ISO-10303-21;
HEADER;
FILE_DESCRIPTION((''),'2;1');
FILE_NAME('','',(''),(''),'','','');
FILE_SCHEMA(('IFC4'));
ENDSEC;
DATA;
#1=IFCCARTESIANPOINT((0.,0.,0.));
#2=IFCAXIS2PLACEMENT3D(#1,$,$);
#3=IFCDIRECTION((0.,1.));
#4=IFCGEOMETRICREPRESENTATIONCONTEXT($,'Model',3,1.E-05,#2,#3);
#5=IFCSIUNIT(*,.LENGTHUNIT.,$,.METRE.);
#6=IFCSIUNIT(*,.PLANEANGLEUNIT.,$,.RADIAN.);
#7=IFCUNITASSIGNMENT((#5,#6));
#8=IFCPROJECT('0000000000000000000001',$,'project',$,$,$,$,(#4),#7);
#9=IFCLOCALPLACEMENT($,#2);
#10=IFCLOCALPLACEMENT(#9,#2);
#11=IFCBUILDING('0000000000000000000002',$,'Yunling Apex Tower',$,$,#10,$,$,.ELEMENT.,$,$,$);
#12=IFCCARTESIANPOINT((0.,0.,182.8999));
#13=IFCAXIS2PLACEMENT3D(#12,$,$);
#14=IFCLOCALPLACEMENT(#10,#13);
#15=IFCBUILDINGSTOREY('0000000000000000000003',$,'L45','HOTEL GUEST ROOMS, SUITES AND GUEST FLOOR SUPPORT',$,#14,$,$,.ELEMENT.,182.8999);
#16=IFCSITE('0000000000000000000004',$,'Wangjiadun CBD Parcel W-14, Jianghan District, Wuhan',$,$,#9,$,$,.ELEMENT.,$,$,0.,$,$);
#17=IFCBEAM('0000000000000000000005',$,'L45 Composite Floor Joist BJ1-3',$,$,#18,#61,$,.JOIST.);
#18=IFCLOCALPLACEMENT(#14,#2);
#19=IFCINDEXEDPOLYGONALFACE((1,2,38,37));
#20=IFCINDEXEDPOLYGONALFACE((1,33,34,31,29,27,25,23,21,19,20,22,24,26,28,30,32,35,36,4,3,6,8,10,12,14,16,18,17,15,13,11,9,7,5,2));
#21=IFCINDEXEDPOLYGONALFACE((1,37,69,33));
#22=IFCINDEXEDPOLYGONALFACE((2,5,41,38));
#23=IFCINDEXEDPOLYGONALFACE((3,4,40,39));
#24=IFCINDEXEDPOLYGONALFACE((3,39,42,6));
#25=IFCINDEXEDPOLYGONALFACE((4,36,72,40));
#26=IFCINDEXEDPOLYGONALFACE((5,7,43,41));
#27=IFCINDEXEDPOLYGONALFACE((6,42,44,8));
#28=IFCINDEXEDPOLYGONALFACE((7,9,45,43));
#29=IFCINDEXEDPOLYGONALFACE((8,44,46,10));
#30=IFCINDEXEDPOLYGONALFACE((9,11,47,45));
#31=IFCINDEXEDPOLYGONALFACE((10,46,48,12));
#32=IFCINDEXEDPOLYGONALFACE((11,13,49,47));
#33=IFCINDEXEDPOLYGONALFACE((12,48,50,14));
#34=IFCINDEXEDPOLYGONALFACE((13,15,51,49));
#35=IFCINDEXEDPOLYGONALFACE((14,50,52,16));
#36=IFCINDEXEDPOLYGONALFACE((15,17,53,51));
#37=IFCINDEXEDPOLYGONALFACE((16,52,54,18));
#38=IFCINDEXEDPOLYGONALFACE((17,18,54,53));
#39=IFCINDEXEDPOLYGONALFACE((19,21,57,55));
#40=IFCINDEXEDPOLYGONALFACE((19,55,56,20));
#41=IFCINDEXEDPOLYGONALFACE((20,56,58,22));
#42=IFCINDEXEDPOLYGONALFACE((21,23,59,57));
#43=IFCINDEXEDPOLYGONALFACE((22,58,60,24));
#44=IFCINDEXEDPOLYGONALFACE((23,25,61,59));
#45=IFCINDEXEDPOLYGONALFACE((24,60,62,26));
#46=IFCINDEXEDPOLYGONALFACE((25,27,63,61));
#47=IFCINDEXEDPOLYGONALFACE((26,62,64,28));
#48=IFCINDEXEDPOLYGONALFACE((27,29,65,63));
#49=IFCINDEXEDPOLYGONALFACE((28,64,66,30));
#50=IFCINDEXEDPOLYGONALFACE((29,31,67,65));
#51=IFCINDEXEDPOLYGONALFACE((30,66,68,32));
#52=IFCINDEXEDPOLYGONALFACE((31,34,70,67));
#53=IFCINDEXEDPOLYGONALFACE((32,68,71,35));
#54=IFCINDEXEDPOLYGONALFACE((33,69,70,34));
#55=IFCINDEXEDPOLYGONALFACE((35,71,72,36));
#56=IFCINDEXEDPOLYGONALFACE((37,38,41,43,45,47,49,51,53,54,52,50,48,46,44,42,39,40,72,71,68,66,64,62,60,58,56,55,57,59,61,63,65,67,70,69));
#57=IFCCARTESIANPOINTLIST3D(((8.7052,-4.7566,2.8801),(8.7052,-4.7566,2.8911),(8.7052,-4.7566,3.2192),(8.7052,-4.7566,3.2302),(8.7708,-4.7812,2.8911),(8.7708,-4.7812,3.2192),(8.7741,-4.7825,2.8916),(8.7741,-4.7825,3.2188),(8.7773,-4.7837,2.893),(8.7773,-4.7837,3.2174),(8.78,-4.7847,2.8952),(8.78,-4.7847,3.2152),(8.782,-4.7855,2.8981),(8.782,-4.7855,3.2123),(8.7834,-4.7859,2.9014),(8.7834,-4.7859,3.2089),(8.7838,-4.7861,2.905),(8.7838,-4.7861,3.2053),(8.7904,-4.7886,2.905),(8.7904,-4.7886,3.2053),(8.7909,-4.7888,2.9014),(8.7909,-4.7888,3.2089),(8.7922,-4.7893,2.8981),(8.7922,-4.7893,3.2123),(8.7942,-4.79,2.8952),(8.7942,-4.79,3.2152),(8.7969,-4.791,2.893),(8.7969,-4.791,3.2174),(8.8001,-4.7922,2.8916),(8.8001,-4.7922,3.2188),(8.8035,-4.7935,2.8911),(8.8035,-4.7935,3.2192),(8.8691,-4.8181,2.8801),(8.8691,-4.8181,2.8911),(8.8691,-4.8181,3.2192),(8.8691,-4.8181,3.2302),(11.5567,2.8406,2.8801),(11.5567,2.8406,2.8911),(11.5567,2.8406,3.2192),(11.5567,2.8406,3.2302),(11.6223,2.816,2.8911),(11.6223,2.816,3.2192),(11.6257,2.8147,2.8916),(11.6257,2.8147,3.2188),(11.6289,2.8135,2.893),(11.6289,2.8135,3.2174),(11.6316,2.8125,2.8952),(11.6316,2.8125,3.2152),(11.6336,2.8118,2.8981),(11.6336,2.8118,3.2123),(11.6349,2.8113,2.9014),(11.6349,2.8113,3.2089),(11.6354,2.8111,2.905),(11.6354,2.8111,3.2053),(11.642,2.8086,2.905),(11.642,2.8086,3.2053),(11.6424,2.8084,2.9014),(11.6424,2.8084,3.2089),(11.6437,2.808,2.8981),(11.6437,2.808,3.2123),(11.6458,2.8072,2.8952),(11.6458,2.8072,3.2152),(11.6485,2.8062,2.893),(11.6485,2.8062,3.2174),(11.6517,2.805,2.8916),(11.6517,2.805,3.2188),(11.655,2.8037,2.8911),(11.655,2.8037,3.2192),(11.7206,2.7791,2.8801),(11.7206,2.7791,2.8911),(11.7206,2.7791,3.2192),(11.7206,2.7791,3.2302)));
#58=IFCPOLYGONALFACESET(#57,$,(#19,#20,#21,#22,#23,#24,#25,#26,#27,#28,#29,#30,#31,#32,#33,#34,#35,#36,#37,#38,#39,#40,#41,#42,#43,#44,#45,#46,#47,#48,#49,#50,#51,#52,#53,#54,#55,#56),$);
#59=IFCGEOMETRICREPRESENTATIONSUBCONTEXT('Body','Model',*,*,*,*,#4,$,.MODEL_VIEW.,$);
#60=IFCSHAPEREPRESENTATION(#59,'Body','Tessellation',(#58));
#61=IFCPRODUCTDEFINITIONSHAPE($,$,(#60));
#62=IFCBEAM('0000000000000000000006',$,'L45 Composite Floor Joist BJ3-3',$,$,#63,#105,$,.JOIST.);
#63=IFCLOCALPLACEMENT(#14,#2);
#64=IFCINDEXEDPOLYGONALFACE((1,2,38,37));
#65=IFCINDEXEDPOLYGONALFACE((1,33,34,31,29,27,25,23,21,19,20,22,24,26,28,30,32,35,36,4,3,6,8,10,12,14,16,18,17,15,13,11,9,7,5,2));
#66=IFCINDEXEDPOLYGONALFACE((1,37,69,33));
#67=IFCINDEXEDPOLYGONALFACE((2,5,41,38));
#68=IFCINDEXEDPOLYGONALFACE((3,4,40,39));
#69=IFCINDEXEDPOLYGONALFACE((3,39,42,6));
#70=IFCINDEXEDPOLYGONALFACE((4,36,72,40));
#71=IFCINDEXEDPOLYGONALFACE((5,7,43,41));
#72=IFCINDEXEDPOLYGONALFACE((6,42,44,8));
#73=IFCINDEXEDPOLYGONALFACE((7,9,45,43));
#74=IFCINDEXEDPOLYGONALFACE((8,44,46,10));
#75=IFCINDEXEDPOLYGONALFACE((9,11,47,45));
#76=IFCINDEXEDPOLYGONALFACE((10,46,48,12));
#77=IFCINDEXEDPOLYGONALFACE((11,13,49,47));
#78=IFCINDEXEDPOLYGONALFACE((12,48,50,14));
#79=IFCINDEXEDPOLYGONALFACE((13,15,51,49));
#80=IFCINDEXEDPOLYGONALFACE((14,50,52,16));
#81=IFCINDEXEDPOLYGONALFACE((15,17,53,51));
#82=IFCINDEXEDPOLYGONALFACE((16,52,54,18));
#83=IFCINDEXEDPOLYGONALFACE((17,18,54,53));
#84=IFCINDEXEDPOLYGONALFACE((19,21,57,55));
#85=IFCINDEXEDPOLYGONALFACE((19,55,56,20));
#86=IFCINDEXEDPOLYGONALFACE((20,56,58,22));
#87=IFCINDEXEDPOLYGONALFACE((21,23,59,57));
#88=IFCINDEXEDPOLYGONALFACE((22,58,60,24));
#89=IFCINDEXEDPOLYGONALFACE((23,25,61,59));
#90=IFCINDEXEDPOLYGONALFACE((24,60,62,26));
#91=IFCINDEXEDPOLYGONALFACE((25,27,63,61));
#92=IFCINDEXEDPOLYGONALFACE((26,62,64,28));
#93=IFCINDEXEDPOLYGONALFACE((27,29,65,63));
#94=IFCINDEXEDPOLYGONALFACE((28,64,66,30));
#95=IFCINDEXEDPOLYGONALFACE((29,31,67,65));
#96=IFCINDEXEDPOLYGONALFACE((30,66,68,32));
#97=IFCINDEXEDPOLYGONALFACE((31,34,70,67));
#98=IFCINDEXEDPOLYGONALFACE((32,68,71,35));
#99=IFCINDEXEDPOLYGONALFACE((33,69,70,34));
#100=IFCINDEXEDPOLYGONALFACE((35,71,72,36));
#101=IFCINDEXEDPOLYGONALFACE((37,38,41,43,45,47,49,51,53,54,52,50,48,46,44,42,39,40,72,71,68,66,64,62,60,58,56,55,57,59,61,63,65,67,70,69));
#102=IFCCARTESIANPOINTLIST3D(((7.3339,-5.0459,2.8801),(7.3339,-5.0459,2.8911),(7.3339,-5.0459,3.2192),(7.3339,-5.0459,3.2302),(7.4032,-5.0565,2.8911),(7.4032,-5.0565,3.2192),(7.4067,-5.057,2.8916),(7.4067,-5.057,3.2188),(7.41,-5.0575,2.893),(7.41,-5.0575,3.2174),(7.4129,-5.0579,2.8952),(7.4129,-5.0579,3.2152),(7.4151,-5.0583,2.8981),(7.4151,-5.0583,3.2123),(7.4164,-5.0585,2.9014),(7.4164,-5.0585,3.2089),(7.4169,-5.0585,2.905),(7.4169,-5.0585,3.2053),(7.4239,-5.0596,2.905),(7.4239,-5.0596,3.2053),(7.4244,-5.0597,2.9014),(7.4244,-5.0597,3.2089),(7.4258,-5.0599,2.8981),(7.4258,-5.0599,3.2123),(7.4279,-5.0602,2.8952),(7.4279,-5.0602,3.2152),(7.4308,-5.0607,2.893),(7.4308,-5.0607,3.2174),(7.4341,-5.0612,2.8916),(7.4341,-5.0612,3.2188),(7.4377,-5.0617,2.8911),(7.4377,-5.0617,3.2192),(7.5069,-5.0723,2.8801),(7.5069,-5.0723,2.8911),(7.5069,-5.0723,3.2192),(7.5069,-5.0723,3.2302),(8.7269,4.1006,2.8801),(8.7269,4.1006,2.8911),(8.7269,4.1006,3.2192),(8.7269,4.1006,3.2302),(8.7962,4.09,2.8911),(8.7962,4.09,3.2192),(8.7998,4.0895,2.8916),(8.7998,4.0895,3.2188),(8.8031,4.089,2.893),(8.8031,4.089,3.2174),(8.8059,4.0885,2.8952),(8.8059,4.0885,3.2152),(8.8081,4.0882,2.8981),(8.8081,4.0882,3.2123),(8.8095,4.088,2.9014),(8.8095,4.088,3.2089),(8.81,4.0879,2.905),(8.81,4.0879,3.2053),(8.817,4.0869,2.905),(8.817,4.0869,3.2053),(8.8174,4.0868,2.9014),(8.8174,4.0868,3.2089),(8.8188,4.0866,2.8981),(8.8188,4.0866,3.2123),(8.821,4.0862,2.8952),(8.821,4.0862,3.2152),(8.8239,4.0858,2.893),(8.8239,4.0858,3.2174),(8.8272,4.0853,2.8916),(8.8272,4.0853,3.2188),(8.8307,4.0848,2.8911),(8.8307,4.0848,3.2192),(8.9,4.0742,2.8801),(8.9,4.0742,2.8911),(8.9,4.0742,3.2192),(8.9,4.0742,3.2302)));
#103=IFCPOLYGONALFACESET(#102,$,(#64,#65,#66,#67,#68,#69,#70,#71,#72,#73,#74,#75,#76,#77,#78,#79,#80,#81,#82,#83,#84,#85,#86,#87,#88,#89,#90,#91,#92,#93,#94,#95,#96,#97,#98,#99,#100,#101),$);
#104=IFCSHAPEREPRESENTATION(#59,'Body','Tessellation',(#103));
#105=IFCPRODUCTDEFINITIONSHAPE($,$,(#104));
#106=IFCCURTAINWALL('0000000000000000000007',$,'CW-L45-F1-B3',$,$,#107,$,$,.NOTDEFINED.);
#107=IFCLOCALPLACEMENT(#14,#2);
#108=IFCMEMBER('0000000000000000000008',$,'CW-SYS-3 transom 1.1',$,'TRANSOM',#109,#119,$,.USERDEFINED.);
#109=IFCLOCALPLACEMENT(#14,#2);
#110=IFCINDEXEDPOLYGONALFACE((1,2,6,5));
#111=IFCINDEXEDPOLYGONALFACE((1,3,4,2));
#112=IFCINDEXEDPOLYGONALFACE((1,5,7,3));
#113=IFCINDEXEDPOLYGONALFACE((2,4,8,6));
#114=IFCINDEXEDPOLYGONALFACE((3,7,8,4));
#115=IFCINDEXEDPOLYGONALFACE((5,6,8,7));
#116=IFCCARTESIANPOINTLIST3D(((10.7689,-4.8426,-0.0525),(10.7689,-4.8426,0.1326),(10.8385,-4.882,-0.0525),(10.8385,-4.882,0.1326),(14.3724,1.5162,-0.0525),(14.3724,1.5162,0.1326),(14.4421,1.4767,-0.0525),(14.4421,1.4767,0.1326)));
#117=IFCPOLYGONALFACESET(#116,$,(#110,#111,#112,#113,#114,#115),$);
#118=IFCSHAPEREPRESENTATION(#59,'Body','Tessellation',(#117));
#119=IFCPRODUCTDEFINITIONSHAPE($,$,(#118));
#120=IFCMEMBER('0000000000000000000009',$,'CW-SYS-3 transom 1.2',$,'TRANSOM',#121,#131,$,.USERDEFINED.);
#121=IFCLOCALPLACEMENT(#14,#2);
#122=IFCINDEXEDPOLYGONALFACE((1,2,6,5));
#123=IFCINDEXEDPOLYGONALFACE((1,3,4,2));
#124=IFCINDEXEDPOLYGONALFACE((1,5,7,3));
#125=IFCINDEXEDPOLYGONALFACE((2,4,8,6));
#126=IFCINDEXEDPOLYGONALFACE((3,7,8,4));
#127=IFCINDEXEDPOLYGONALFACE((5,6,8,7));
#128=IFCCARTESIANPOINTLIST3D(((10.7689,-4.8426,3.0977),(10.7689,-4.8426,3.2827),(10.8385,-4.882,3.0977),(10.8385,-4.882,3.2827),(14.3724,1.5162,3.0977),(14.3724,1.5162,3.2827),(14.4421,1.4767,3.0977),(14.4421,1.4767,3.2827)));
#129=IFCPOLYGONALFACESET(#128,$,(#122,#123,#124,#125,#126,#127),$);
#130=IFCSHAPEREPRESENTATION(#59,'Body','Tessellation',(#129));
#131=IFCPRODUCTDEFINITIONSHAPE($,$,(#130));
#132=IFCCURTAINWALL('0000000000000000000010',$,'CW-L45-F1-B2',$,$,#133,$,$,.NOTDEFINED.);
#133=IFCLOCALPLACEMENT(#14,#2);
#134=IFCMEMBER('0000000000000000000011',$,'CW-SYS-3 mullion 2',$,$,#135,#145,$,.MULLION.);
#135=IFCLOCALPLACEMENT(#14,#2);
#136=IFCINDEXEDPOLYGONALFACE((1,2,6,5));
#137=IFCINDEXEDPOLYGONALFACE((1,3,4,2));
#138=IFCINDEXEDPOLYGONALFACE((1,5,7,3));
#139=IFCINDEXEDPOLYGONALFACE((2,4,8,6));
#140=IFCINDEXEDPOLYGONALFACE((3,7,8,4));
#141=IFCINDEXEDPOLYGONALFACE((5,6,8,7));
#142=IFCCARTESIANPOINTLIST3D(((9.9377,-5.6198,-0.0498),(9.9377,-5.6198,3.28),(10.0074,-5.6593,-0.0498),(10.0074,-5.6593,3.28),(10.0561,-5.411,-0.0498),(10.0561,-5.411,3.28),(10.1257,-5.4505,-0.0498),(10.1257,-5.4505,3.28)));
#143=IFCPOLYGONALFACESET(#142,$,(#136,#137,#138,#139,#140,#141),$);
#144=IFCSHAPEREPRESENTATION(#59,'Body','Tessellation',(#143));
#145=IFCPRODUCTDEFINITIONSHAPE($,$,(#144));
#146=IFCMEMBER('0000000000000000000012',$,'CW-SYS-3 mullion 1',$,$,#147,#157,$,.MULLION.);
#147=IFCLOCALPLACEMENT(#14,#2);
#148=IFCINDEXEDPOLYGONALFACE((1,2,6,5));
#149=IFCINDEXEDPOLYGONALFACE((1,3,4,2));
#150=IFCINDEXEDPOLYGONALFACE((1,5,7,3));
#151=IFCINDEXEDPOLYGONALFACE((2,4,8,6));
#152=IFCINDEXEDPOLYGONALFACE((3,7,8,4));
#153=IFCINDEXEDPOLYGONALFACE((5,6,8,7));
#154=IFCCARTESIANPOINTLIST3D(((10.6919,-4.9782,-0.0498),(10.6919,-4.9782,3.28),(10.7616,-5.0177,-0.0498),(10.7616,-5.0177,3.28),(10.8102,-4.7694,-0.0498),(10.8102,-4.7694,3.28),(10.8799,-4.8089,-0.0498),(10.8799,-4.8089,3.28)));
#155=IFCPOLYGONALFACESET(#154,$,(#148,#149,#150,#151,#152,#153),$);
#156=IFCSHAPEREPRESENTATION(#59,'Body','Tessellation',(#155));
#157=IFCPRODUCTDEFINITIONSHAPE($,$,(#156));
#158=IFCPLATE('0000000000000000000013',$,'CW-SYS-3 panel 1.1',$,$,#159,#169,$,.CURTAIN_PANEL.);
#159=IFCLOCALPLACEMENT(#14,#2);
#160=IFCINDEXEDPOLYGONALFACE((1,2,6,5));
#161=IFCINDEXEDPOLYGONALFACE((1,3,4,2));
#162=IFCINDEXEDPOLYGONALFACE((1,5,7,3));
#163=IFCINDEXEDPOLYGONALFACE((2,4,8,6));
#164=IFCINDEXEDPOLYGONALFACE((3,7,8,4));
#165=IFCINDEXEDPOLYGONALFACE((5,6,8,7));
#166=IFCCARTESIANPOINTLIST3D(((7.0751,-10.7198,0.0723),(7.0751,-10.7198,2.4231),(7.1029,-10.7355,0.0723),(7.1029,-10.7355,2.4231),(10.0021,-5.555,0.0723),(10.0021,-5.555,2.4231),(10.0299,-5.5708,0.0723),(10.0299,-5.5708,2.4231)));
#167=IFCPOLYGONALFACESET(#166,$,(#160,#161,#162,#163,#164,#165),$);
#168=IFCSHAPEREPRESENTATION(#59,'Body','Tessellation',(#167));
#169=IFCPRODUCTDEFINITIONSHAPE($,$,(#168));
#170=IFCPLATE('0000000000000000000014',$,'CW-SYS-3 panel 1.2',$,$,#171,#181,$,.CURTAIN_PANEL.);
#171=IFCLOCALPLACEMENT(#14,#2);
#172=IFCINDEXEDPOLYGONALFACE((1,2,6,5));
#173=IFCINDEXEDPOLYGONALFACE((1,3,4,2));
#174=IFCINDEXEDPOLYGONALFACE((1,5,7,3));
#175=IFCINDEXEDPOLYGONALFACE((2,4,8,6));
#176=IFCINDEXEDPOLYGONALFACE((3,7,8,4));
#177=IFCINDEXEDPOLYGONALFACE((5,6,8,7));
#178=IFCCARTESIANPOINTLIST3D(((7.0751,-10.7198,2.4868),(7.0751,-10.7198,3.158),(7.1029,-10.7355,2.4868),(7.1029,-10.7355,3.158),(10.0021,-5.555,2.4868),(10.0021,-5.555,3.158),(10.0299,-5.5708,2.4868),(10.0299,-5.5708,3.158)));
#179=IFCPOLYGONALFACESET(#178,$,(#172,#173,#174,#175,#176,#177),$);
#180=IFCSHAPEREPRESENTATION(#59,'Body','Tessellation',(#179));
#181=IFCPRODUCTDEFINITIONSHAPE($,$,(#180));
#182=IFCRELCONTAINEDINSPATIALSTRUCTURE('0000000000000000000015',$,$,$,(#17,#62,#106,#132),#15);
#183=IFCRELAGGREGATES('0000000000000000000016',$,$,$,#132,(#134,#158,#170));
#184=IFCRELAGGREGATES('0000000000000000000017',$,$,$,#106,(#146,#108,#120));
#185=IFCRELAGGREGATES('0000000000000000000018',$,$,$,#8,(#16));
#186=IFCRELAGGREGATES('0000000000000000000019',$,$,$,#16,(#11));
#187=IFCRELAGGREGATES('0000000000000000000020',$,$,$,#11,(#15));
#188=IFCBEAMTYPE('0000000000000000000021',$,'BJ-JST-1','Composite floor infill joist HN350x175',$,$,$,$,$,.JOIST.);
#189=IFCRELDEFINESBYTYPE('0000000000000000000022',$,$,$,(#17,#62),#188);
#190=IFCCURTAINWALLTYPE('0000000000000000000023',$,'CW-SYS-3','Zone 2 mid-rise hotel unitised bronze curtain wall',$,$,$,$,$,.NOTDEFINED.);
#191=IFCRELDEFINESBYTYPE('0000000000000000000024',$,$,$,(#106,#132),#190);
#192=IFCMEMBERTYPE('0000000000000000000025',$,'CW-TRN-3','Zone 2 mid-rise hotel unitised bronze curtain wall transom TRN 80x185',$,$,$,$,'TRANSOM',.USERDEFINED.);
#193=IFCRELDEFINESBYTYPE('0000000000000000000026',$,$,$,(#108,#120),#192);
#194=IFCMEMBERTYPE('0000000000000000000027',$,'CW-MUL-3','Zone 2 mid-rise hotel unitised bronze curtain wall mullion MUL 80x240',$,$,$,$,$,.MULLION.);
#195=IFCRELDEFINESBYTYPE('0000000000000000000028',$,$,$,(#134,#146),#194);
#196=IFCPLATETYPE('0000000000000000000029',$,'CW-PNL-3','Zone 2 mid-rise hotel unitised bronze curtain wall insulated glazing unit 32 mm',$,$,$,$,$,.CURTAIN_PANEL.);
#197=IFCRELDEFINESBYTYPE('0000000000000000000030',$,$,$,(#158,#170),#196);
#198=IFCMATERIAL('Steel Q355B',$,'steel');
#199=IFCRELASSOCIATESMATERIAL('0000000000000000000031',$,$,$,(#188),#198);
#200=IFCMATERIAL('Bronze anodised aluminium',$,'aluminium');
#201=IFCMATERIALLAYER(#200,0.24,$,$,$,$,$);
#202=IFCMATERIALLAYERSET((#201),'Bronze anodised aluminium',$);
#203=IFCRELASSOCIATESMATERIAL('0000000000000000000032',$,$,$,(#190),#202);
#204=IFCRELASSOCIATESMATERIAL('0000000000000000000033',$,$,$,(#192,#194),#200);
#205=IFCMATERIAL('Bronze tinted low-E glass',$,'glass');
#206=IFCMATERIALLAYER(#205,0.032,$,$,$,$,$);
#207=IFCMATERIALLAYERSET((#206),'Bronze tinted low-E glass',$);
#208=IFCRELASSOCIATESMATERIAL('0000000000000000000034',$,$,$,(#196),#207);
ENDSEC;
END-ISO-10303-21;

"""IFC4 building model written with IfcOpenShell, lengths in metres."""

from ifc_helpers import new_model, si_unit, direction, frame, origin, origin_2d, place, context, subcontext, project, spatial, rectangle, i_section, extrude, source, transform, mapped, material, layer, layer_set, material_profile, profile_set, type_object, element, aggregate, save


model = new_model("IFC4")

# Units and contexts
model_context = context("Model", 3, precision=1e-05, world=origin(), true_north=direction((0.0, 1.0)))
body_context = subcontext(model_context, "Body", "Model", "MODEL_VIEW")
ifc_project = project(units=[si_unit("LENGTHUNIT", "METRE"), si_unit("PLANEANGLEUNIT", "RADIAN")], contexts=[model_context])

# Site, building, storey
site_placement = place(None, origin())
site = spatial("IfcSite", under=ifc_project, at=site_placement, Name="Wangjiadun CBD Parcel W-14, Jianghan District, Wuhan", CompositionType="ELEMENT", RefElevation=0.0)
building_placement = place(site_placement, origin())
building = spatial("IfcBuilding", under=site, at=building_placement, Name="Yunling Apex Tower", CompositionType="ELEMENT")
storey_placement = place(building_placement, frame((0.0, 0.0, 182.8999)))
storey = spatial("IfcBuildingStorey", under=building, at=storey_placement, Name="L45", Description="HOTEL GUEST ROOMS, SUITES AND GUEST FLOOR SUPPORT", CompositionType="ELEMENT", Elevation=182.8999)

# Beams
ifc_material_1 = material(Name="Steel Q355B", Category="steel")
ifc_material_profile_1 = material_profile(ifc_material_1, i_section(OverallWidth=0.175, OverallDepth=0.3501, WebThickness=0.0071, FlangeThickness=0.011, FilletRadius=0.0139, at=origin_2d()))
ifc_profile_set_1 = profile_set([ifc_material_profile_1], Name="Steel Q355B")
beam_type_1 = type_object("IfcBeamType", Name="BJ-JST-1", Description="Composite floor infill joist HN350x175", PredefinedType="JOIST", material=ifc_profile_set_1)
shared_shape_1 = source(origin(), body_context, "Body", "SweptSolid", [
    extrude(i_section(OverallWidth=0.175, OverallDepth=0.3501, WebThickness=0.0071, FlangeThickness=0.011, FilletRadius=0.0139, at=origin_2d()), origin(), (0.0, 0.0, 1.0), 8.1147),
])
beam_1_placement = place(storey_placement, frame((8.7871, -4.7874, 3.0552), z_axis=(0.351407, 0.936223, 0.0), x_axis=(-0.936223, 0.351407, 0.0)))
element("IfcBeam", 1, at=beam_1_placement, inside=storey, type_object=beam_type_1, Name="L45 Composite Floor Joist BJ1-3", PredefinedType="JOIST", context=body_context, shape_type="MappedRepresentation", body=[
    mapped(shared_shape_1, transform((0.0, 0.0, 0.0), scale=1.0)),
])
shared_shape_2 = source(origin(), body_context, "Body", "SweptSolid", [
    extrude(i_section(OverallWidth=0.175, OverallDepth=0.3501, WebThickness=0.0071, FlangeThickness=0.011, FilletRadius=0.0139, at=origin_2d()), origin(), (0.0, 0.0, 1.0), 9.252),
])
beam_2_placement = place(storey_placement, frame((7.4204, -5.0591, 3.0552), z_axis=(0.15057, 0.988599, 0.0), x_axis=(-0.988599, 0.15057, 0.0)))
element("IfcBeam", 2, at=beam_2_placement, inside=storey, type_object=beam_type_1, Name="L45 Composite Floor Joist BJ3-3", PredefinedType="JOIST", context=body_context, shape_type="MappedRepresentation", body=[
    mapped(shared_shape_2, transform((0.0, 0.0, 0.0), scale=1.0)),
])

# Curtain wall, members
ifc_material_2 = material(Name="Bronze anodised aluminium", Category="aluminium")
ifc_layer_1 = layer(ifc_material_2, 0.24)
ifc_layer_set_1 = layer_set([ifc_layer_1], Name="Bronze anodised aluminium")
curtain_wall_type = type_object("IfcCurtainWallType", Name="CW-SYS-3", Description="Zone 2 mid-rise hotel unitised bronze curtain wall", PredefinedType="NOTDEFINED", material=ifc_layer_set_1)
curtain_wall_1_placement = place(storey_placement, origin())
curtain_wall_1 = element("IfcCurtainWall", 3, at=curtain_wall_1_placement, inside=storey, type_object=curtain_wall_type, Name="CW-L45-F1-B3", PredefinedType="NOTDEFINED")
ifc_material_profile_2 = material_profile(ifc_material_2, rectangle(XDim=0.0801, YDim=0.1851, at=origin_2d()))
ifc_profile_set_2 = profile_set([ifc_material_profile_2], Name="Bronze anodised aluminium")
member_type_1 = type_object("IfcMemberType", Name="CW-TRN-3", Description="Zone 2 mid-rise hotel unitised bronze curtain wall transom TRN 80x185", ElementType="TRANSOM", PredefinedType="USERDEFINED", material=ifc_profile_set_2)
shared_shape_3 = source(origin(), body_context, "Body", "SweptSolid", [
    extrude(rectangle(XDim=0.0801, YDim=0.1851, at=origin_2d()), origin(), (0.0, 0.0, 1.0), 7.3088),
])
member_1_placement = place(storey_placement, frame((10.8037, -4.8623, 0.04), z_axis=(0.493042, 0.870005, 0.0), x_axis=(-0.870005, 0.493042, 0.0)))
member_1 = element("IfcMember", 4, at=member_1_placement, type_object=member_type_1, Name="CW-SYS-3 transom 1.1", ObjectType="TRANSOM", PredefinedType="USERDEFINED", context=body_context, shape_type="MappedRepresentation", body=[
    mapped(shared_shape_3, transform((0.0, 0.0, 0.0), scale=1.0)),
])
member_2_placement = place(storey_placement, frame((10.8037, -4.8623, 3.1902), z_axis=(0.493042, 0.870005, 0.0), x_axis=(-0.870005, 0.493042, 0.0)))
member_2 = element("IfcMember", 5, at=member_2_placement, type_object=member_type_1, Name="CW-SYS-3 transom 1.2", ObjectType="TRANSOM", PredefinedType="USERDEFINED", context=body_context, shape_type="MappedRepresentation", body=[
    mapped(shared_shape_3, transform((0.0, 0.0, 0.0), scale=1.0)),
])

# Curtain wall, member
curtain_wall_2_placement = place(storey_placement, origin())
curtain_wall_2 = element("IfcCurtainWall", 6, at=curtain_wall_2_placement, inside=storey, type_object=curtain_wall_type, Name="CW-L45-F1-B2", PredefinedType="NOTDEFINED")
ifc_material_profile_3 = material_profile(ifc_material_2, rectangle(XDim=0.0801, YDim=0.24, at=origin_2d()))
ifc_profile_set_3 = profile_set([ifc_material_profile_3], Name="Bronze anodised aluminium")
member_type_2 = type_object("IfcMemberType", Name="CW-MUL-3", Description="Zone 2 mid-rise hotel unitised bronze curtain wall mullion MUL 80x240", PredefinedType="MULLION", material=ifc_profile_set_3)
shared_shape_4 = source(origin(), body_context, "Body", "SweptSolid", [
    extrude(rectangle(XDim=0.0801, YDim=0.24, at=origin_2d()), origin(), (0.0, 0.0, 1.0), 3.3298),
])
member_3_placement = place(storey_placement, frame((10.0317, -5.5352, -0.0498), z_axis=(0.0, 0.0, 1.0), x_axis=(-0.870003, 0.493047, 0.0)))
member_3 = element("IfcMember", 7, at=member_3_placement, type_object=member_type_2, Name="CW-SYS-3 mullion 2", PredefinedType="MULLION", context=body_context, shape_type="MappedRepresentation", body=[
    mapped(shared_shape_4, transform((0.0, 0.0, 0.0), scale=1.0)),
])

# Member
member_4_placement = place(storey_placement, frame((10.7859, -4.8936, -0.0498), z_axis=(0.0, 0.0, 1.0), x_axis=(-0.870009, 0.493035, 0.0)))
member_4 = element("IfcMember", 8, at=member_4_placement, type_object=member_type_2, Name="CW-SYS-3 mullion 1", PredefinedType="MULLION", context=body_context, shape_type="MappedRepresentation", body=[
    mapped(shared_shape_4, transform((0.0, 0.0, 0.0), scale=1.0)),
])

# Plates
ifc_material_3 = material(Name="Bronze tinted low-E glass", Category="glass")
ifc_layer_2 = layer(ifc_material_3, 0.032)
ifc_layer_set_2 = layer_set([ifc_layer_2], Name="Bronze tinted low-E glass")
plate_type = type_object("IfcPlateType", Name="CW-PNL-3", Description="Zone 2 mid-rise hotel unitised bronze curtain wall insulated glazing unit 32 mm", PredefinedType="CURTAIN_PANEL", material=ifc_layer_set_2)
shared_shape_5 = source(origin(), body_context, "Body", "SweptSolid", [
    extrude(rectangle(XDim=5.9365, YDim=0.032, at=origin_2d()), origin(), (0.0, 0.0, 1.0), 2.3508),
])
plate_1_placement = place(storey_placement, frame((8.5525, -8.1453, 0.0723), z_axis=(0.0, 0.0, 1.0), x_axis=(0.493047, 0.870003, 0.0)))
plate_1 = element("IfcPlate", 9, at=plate_1_placement, type_object=plate_type, Name="CW-SYS-3 panel 1.1", PredefinedType="CURTAIN_PANEL", context=body_context, shape_type="MappedRepresentation", body=[
    mapped(shared_shape_5, transform((0.0, 0.0, 0.0), scale=1.0)),
])
shared_shape_6 = source(origin(), body_context, "Body", "SweptSolid", [
    extrude(rectangle(XDim=5.9365, YDim=0.032, at=origin_2d()), origin(), (0.0, 0.0, 1.0), 0.6711),
])
plate_2_placement = place(storey_placement, frame((8.5525, -8.1453, 2.4868), z_axis=(0.0, 0.0, 1.0), x_axis=(0.493047, 0.870003, 0.0)))
plate_2 = element("IfcPlate", 10, at=plate_2_placement, type_object=plate_type, Name="CW-SYS-3 panel 1.2", PredefinedType="CURTAIN_PANEL", context=body_context, shape_type="MappedRepresentation", body=[
    mapped(shared_shape_6, transform((0.0, 0.0, 0.0), scale=1.0)),
])
aggregate(curtain_wall_2, [member_3, plate_1, plate_2])
aggregate(curtain_wall_1, [member_4, member_1, member_2])

save(model, "model.ifc")
